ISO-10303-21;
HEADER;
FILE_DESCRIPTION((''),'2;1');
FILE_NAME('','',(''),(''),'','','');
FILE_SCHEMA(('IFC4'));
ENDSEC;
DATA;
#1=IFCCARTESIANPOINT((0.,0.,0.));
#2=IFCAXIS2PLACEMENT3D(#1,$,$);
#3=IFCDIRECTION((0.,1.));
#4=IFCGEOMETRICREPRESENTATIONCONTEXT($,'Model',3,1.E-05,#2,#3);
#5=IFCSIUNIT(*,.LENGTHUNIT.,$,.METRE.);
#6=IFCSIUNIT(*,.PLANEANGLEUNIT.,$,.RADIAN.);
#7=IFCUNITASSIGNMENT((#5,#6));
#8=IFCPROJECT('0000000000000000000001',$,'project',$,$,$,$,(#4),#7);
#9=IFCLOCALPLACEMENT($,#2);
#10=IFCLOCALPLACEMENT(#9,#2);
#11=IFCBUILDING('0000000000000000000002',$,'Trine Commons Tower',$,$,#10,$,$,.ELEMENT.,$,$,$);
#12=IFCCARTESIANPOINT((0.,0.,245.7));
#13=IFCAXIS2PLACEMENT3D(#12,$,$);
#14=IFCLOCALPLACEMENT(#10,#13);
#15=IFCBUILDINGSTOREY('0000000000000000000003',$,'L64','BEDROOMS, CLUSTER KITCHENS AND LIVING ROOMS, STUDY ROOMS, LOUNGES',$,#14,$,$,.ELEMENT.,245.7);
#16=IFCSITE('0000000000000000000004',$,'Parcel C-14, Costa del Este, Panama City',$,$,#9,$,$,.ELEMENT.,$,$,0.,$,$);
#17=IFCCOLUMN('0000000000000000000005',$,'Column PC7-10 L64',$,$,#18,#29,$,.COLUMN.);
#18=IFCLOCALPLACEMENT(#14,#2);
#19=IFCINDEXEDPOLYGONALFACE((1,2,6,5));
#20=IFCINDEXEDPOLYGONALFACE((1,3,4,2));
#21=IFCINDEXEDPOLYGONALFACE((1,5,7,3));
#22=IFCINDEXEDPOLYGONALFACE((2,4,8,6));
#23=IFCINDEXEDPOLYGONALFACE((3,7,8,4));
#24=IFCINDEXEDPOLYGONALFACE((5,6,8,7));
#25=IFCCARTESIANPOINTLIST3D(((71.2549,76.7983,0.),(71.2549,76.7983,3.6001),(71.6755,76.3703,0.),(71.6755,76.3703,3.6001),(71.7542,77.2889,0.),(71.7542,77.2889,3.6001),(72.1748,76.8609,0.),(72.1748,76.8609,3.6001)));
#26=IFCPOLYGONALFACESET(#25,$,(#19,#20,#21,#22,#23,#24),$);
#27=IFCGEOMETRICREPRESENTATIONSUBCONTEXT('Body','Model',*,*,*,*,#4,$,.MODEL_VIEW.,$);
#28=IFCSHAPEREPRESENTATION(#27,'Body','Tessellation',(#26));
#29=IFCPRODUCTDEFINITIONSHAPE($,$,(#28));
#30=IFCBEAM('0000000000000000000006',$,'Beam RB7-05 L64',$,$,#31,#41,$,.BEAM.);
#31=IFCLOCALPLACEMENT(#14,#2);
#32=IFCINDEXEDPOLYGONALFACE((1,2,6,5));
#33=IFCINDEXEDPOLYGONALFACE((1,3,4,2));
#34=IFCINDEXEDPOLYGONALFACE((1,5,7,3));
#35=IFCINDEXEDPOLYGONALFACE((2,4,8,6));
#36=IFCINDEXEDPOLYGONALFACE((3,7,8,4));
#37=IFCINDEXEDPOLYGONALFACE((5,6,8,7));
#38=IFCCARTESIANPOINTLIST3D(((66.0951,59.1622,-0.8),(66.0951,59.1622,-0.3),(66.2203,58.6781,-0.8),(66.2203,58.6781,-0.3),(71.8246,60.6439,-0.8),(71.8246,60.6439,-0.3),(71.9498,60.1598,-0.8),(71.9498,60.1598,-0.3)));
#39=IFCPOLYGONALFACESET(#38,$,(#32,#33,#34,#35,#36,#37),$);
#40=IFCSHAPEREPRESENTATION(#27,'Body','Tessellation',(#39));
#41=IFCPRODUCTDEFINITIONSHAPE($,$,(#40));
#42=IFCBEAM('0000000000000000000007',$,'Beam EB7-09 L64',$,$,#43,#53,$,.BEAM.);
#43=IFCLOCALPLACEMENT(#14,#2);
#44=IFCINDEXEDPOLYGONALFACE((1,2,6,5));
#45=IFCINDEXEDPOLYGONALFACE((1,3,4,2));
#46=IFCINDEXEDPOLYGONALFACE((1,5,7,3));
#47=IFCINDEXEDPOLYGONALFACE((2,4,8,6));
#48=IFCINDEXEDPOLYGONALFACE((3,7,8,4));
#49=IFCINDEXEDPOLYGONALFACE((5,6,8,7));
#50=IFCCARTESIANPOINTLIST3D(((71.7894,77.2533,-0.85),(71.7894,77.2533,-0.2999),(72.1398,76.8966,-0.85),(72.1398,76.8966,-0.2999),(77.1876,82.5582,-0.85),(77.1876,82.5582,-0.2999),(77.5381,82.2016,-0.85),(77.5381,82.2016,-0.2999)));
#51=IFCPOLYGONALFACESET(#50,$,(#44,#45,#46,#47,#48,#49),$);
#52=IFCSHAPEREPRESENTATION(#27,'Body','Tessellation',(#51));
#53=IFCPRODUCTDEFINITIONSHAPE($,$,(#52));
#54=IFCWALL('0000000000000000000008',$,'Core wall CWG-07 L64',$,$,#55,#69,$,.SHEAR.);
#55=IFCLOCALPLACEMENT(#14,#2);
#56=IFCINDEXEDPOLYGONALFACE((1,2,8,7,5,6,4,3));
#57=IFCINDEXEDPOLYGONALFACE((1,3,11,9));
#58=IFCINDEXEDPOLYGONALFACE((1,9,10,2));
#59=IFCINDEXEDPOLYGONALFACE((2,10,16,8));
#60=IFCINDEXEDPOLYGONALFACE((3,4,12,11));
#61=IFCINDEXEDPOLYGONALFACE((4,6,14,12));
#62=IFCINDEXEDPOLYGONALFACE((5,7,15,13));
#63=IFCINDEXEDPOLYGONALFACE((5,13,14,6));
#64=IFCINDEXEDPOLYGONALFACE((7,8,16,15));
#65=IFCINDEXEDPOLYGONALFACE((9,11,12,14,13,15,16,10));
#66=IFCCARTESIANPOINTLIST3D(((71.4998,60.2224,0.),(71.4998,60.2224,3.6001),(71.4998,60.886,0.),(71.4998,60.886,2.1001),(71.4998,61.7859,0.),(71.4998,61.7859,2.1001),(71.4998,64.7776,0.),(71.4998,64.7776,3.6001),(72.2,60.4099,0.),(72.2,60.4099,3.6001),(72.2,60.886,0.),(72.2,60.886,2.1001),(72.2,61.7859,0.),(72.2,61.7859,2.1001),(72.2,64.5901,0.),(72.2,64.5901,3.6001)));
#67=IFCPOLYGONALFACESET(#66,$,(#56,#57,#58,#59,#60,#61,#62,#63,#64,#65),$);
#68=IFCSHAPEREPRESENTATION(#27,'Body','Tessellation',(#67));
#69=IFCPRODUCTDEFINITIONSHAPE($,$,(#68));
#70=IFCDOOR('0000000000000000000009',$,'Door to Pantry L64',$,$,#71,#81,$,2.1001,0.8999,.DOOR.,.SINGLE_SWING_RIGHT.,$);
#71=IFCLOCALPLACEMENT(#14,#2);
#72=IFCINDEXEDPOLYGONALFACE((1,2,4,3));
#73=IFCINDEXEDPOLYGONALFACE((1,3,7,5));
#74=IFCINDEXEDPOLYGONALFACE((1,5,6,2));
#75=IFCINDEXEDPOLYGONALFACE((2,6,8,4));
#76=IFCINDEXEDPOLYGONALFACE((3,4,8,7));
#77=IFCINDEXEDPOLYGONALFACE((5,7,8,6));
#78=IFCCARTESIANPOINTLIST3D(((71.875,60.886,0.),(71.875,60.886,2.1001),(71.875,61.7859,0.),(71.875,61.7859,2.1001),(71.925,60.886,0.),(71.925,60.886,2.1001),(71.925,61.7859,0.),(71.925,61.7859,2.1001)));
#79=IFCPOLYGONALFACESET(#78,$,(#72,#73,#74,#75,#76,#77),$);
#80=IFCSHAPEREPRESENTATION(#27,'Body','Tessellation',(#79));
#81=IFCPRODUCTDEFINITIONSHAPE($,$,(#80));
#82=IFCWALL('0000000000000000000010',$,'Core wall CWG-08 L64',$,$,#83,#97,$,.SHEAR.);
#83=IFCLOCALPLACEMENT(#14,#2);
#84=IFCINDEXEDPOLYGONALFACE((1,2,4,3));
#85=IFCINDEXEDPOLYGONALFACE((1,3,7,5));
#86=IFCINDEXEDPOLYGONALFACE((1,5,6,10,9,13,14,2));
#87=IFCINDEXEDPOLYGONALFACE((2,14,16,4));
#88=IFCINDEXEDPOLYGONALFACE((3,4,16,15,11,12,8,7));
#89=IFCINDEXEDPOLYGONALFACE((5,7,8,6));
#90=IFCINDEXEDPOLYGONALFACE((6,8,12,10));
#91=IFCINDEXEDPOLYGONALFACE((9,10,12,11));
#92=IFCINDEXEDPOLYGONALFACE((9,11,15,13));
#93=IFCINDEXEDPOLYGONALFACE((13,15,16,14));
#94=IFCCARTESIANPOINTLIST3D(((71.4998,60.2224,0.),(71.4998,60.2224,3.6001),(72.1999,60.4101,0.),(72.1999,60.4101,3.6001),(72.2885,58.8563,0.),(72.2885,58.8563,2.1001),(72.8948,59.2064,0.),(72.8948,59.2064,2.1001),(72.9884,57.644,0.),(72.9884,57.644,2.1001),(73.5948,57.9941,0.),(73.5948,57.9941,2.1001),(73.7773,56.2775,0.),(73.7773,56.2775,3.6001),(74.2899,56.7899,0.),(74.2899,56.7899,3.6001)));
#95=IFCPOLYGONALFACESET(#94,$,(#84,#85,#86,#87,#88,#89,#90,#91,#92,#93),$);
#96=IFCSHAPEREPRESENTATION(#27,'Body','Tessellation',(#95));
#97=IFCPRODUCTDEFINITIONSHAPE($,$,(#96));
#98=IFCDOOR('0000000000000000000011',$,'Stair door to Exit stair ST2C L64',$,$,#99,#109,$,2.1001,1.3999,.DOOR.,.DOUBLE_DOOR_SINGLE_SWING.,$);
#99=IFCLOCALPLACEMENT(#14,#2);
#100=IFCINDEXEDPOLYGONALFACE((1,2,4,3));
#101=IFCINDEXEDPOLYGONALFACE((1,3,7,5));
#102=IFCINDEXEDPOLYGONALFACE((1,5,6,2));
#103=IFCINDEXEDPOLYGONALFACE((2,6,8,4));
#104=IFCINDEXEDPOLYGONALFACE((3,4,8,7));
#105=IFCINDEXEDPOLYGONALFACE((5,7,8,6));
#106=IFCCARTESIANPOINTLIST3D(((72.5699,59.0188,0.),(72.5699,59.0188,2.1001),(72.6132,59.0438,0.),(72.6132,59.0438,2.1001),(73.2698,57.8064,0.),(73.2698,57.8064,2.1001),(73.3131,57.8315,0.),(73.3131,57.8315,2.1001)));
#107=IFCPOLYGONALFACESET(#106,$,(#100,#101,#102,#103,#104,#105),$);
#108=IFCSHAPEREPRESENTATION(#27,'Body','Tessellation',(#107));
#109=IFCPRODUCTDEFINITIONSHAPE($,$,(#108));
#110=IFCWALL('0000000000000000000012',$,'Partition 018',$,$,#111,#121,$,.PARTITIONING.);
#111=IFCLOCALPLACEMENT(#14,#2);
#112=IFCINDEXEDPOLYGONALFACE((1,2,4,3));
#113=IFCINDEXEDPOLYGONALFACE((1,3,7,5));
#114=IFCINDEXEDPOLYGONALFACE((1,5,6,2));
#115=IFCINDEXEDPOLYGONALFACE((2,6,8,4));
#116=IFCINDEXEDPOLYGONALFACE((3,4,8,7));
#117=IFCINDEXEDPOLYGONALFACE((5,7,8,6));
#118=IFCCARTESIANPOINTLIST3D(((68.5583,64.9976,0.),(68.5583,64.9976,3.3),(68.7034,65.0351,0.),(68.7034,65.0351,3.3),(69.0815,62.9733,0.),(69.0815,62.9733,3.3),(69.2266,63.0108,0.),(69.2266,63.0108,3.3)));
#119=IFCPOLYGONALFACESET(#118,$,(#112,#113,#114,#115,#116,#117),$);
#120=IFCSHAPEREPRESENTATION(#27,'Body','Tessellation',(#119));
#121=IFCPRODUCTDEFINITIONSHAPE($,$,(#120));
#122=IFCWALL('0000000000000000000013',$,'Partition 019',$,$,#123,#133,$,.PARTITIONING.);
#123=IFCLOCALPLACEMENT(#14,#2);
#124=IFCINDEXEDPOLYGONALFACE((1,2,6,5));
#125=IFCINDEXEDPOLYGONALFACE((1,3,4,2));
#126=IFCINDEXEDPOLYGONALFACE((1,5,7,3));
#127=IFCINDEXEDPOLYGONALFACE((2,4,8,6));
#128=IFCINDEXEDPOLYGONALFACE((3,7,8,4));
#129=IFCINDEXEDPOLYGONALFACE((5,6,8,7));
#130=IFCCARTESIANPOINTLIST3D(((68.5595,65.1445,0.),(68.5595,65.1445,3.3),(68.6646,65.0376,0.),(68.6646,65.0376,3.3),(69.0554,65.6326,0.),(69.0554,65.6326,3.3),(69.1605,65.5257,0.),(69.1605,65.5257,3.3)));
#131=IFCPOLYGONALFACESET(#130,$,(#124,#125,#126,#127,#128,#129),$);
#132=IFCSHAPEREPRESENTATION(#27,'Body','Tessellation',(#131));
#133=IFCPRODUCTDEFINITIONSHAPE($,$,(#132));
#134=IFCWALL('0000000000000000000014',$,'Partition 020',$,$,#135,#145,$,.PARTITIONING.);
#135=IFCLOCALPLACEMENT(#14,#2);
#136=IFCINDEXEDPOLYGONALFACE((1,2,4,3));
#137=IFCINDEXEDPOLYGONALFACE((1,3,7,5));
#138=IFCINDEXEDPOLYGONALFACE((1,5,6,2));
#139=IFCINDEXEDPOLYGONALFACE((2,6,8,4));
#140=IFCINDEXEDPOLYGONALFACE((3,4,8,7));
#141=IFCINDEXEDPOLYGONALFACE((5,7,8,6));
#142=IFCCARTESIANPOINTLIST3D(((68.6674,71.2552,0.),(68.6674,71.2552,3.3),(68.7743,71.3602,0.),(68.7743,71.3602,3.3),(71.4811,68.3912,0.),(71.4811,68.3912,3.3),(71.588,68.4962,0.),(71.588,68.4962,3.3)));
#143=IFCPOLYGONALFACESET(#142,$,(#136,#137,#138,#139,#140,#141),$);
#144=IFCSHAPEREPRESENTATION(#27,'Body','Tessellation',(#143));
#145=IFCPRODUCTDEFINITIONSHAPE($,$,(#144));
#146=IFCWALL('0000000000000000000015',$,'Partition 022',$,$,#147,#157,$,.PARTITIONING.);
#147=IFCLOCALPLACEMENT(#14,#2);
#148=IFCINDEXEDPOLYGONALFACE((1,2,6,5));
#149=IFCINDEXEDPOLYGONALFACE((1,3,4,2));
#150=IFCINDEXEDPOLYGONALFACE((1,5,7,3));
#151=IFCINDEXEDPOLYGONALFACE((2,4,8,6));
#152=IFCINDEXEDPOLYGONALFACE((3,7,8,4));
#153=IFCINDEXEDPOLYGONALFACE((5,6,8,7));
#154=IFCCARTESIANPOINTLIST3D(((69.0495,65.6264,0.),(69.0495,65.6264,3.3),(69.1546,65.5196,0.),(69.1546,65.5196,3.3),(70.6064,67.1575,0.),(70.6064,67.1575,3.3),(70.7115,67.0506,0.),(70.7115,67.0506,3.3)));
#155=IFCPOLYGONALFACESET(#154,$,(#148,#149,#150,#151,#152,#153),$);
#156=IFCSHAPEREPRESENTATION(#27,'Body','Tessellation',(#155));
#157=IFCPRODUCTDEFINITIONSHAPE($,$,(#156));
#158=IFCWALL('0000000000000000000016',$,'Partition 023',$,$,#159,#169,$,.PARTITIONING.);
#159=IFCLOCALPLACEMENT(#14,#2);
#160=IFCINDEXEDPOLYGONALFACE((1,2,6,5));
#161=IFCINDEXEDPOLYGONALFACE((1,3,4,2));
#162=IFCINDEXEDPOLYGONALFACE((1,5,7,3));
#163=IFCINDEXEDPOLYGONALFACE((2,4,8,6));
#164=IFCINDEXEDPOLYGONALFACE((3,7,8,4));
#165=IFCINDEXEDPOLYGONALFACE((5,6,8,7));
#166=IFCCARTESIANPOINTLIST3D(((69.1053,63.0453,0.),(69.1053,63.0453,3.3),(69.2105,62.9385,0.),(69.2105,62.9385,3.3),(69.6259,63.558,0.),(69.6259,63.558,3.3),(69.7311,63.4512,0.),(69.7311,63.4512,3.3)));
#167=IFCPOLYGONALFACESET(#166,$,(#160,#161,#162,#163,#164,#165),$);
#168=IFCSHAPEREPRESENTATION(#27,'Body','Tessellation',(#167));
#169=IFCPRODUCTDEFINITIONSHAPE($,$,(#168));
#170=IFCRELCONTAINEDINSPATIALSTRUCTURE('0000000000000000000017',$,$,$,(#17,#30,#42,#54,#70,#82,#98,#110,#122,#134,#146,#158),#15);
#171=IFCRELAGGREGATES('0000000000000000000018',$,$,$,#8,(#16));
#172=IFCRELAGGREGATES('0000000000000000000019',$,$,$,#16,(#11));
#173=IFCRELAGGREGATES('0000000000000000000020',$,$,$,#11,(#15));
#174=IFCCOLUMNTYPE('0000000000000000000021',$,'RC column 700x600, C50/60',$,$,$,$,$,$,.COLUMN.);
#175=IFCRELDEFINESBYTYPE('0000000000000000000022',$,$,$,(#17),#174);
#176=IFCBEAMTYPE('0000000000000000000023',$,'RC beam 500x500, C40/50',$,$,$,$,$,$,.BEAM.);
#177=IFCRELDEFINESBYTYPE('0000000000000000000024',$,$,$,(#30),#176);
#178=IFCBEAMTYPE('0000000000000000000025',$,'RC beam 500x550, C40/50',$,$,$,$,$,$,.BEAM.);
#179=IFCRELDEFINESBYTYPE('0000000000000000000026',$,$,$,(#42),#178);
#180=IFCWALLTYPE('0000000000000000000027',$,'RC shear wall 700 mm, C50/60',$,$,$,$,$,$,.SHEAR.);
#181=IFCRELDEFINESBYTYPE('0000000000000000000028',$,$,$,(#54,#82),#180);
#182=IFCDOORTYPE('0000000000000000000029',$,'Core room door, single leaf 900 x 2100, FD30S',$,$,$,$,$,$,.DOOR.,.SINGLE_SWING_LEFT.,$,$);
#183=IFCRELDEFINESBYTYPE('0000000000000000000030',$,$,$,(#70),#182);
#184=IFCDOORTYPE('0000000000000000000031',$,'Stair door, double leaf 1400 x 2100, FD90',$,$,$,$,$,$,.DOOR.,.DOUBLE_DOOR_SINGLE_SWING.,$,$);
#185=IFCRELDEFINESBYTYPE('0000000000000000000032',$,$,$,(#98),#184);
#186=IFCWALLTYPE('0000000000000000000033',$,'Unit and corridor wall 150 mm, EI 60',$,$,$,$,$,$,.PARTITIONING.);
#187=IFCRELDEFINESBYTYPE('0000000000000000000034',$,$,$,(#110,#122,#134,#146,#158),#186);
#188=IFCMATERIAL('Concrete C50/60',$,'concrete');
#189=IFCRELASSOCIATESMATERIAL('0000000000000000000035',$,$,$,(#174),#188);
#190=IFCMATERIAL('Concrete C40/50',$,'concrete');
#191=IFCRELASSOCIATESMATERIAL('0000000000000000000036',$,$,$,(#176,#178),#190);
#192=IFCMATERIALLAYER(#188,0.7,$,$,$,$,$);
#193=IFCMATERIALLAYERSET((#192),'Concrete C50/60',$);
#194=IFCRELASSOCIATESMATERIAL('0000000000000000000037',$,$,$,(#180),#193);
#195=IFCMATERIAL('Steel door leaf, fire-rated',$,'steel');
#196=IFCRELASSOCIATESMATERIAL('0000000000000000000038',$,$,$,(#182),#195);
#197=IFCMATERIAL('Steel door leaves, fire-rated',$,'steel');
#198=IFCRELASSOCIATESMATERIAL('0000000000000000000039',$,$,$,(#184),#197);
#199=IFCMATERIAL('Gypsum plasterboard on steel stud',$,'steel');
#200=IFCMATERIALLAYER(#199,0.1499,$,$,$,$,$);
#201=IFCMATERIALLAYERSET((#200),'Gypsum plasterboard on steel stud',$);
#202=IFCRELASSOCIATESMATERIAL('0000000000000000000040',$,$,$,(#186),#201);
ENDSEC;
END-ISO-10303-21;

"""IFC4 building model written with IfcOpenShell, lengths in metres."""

from ifc_helpers import new_model, si_unit, direction, frame, frame_2d, origin, origin_2d, place, context, subcontext, project, spatial, polyline, rectangle, outline, extrude, material, layer, layer_set, material_profile, profile_set, type_object, element, fill, save


model = new_model("IFC4")

# Units and contexts
model_context = context("Model", 3, precision=1e-05, world=origin(), true_north=direction((0.0, 1.0)))
body_context = subcontext(model_context, "Body", "Model", "MODEL_VIEW")
ifc_project = project(units=[si_unit("LENGTHUNIT", "METRE"), si_unit("PLANEANGLEUNIT", "RADIAN")], contexts=[model_context])

# Site, building, storey
site_placement = place(None, origin())
site = spatial("IfcSite", under=ifc_project, at=site_placement, Name="Parcel C-14, Costa del Este, Panama City", CompositionType="ELEMENT", RefElevation=0.0)
building_placement = place(site_placement, origin())
building = spatial("IfcBuilding", under=site, at=building_placement, Name="Trine Commons Tower", CompositionType="ELEMENT")
storey_placement = place(building_placement, frame((0.0, 0.0, 245.7)))
storey = spatial("IfcBuildingStorey", under=building, at=storey_placement, Name="L64", Description="BEDROOMS, CLUSTER KITCHENS AND LIVING ROOMS, STUDY ROOMS, LOUNGES", CompositionType="ELEMENT", Elevation=245.7)

# Column
ifc_material_1 = material(Name="Concrete C50/60", Category="concrete")
ifc_material_profile_1 = material_profile(ifc_material_1, rectangle(XDim=0.7, YDim=0.6001, at=origin_2d()), Name="RC 700x600")
ifc_profile_set_1 = profile_set([ifc_material_profile_1], Name="Concrete C50/60")
column_type = type_object("IfcColumnType", Name="RC column 700x600, C50/60", PredefinedType="COLUMN", material=ifc_profile_set_1)
column_placement = place(storey_placement, frame((71.7148, 76.8296, 0.0), z_axis=(0.0, 0.0, 1.0), x_axis=(0.71325, 0.700909, 0.0)))
element("IfcColumn", 1, at=column_placement, inside=storey, type_object=column_type, Name="Column PC7-10 L64", PredefinedType="COLUMN", context=body_context, shape_type="SweptSolid", body=[
    extrude(rectangle(XDim=0.7, YDim=0.6001, at=origin_2d()), origin(), (0.0, 0.0, 1.0), 3.6001),
])

# Beams
ifc_material_2 = material(Name="Concrete C40/50", Category="concrete")
ifc_material_profile_2 = material_profile(ifc_material_2, rectangle(XDim=0.5, YDim=0.5, at=origin_2d()), Name="RC 500x500")
ifc_profile_set_2 = profile_set([ifc_material_profile_2], Name="Concrete C40/50")
beam_type_1 = type_object("IfcBeamType", Name="RC beam 500x500, C40/50", PredefinedType="BEAM", material=ifc_profile_set_2)
beam_1_placement = place(storey_placement, frame((71.8872, 60.4019, -0.55), z_axis=(-0.96815, -0.250371, 0.0), x_axis=(0.250371, -0.96815, 0.0)))
element("IfcBeam", 2, at=beam_1_placement, inside=storey, type_object=beam_type_1, Name="Beam RB7-05 L64", PredefinedType="BEAM", context=body_context, shape_type="SweptSolid", body=[
    extrude(rectangle(XDim=0.5, YDim=0.5, at=origin_2d()), origin(), (0.0, 0.0, 1.0), 5.918),
])
ifc_material_profile_3 = material_profile(ifc_material_2, rectangle(XDim=0.5, YDim=0.55, at=origin_2d()), Name="RC 500x550")
ifc_profile_set_3 = profile_set([ifc_material_profile_3], Name="Concrete C40/50")
beam_type_2 = type_object("IfcBeamType", Name="RC beam 500x550, C40/50", PredefinedType="BEAM", material=ifc_profile_set_3)
beam_2_placement = place(storey_placement, frame((71.9646, 77.075, -0.575), z_axis=(0.713241, 0.700919, 0.0), x_axis=(-0.700919, 0.713241, 0.0)))
element("IfcBeam", 3, at=beam_2_placement, inside=storey, type_object=beam_type_2, Name="Beam EB7-09 L64", PredefinedType="BEAM", context=body_context, shape_type="SweptSolid", body=[
    extrude(rectangle(XDim=0.5, YDim=0.55, at=origin_2d()), origin(), (0.0, 0.0, 1.0), 7.5686),
])

# Walls, openings, doors
ifc_layer_1 = layer(ifc_material_1, 0.7)
ifc_layer_set_1 = layer_set([ifc_layer_1], Name="Concrete C50/60")
wall_type_1 = type_object("IfcWallType", Name="RC shear wall 700 mm, C50/60", PredefinedType="SHEAR", material=ifc_layer_set_1)
wall_1_placement = place(storey_placement, frame((71.8499, 64.7776, 0.0), z_axis=(0.0, 0.0, 1.0), x_axis=(0.0, -1.0, 0.0)))
wall_1 = element("IfcWall", 4, at=wall_1_placement, inside=storey, type_object=wall_type_1, Name="Core wall CWG-07 L64", PredefinedType="SHEAR", context=body_context, shape_type="SweptSolid", body=[
    extrude(outline(polyline([(0.0, -0.3501), (4.5552, -0.3501), (4.3677, 0.3501), (0.1875, 0.3501), (0.0, -0.3501)])), origin(), (0.0, 0.0, 1.0), 3.6001),
])
opening_1_placement = place(wall_1_placement, frame((2.9917, 0.0, 0.0)))
opening_1 = element("IfcOpeningElement", 5, at=opening_1_placement, cuts=wall_1, PredefinedType="OPENING", context=body_context, shape_type="SweptSolid", body=[
    extrude(rectangle(XDim=0.8999, YDim=2.1001, at=frame_2d((0.45, 1.05))), frame((0.0, 0.3599, 0.0), z_axis=(0.0, -1.0, 0.0), x_axis=(1.0, 0.0, 0.0)), (0.0, 0.0, 1.0), 0.72),
])
ifc_material_3 = material(Name="Steel door leaf, fire-rated", Category="steel")
door_type_1 = type_object("IfcDoorType", Name="Core room door, single leaf 900 x 2100, FD30S", OperationType="SINGLE_SWING_LEFT", PredefinedType="DOOR", material=ifc_material_3)
door_1_placement = place(opening_1_placement, origin())
door_1 = element("IfcDoor", 6, at=door_1_placement, inside=storey, type_object=door_type_1, Name="Door to Pantry L64", OperationType="SINGLE_SWING_RIGHT", OverallHeight=2.1001, OverallWidth=0.8999, PredefinedType="DOOR", context=body_context, shape_type="SweptSolid", body=[
    extrude(rectangle(XDim=0.8999, YDim=2.1001, at=frame_2d((0.45, 1.05))), frame((0.0, 0.0752, 0.0), z_axis=(0.0, -1.0, 0.0), x_axis=(1.0, 0.0, 0.0)), (0.0, 0.0, 1.0), 0.05),
])
fill(opening_1, door_1)
wall_2_placement = place(storey_placement, frame((71.803, 60.3975, 0.0), z_axis=(0.0, 0.0, 1.0), x_axis=(0.499984, -0.866035, 0.0)))
wall_2 = element("IfcWall", 7, at=wall_2_placement, inside=storey, type_object=wall_type_1, Name="Core wall CWG-08 L64", PredefinedType="SHEAR", context=body_context, shape_type="SweptSolid", body=[
    extrude(outline(polyline([(0.0, -0.3501), (4.5552, -0.3501), (4.3677, 0.3501), (0.1875, 0.3501), (0.0, -0.3501)])), origin(), (0.0, 0.0, 1.0), 3.6001),
])
opening_2_placement = place(wall_2_placement, frame((1.5774, 0.0, 0.0)))
opening_2 = element("IfcOpeningElement", 8, at=opening_2_placement, cuts=wall_2, PredefinedType="OPENING", context=body_context, shape_type="SweptSolid", body=[
    extrude(rectangle(XDim=1.3999, YDim=2.1001, at=frame_2d((0.7, 1.05))), frame((0.0, 0.3599, 0.0), z_axis=(0.0, -1.0, 0.0), x_axis=(1.0, 0.0, 0.0)), (0.0, 0.0, 1.0), 0.72),
])
ifc_material_4 = material(Name="Steel door leaves, fire-rated", Category="steel")
door_type_2 = type_object("IfcDoorType", Name="Stair door, double leaf 1400 x 2100, FD90", OperationType="DOUBLE_DOOR_SINGLE_SWING", PredefinedType="DOOR", material=ifc_material_4)
door_2_placement = place(opening_2_placement, origin())
door_2 = element("IfcDoor", 9, at=door_2_placement, inside=storey, type_object=door_type_2, Name="Stair door to Exit stair ST2C L64", OperationType="DOUBLE_DOOR_SINGLE_SWING", OverallHeight=2.1001, OverallWidth=1.3999, PredefinedType="DOOR", context=body_context, shape_type="SweptSolid", body=[
    extrude(rectangle(XDim=1.3999, YDim=2.1001, at=frame_2d((0.7, 1.05))), frame((0.0, 0.0249, 0.0), z_axis=(0.0, -1.0, 0.0), x_axis=(1.0, 0.0, 0.0)), (0.0, 0.0, 1.0), 0.05),
])
fill(opening_2, door_2)

# Walls
ifc_material_5 = material(Name="Gypsum plasterboard on steel stud", Category="steel")
ifc_layer_2 = layer(ifc_material_5, 0.1499)
ifc_layer_set_2 = layer_set([ifc_layer_2], Name="Gypsum plasterboard on steel stud")
wall_type_2 = type_object("IfcWallType", Name="Unit and corridor wall 150 mm, EI 60", PredefinedType="PARTITIONING", material=ifc_layer_set_2)
wall_3_placement = place(storey_placement, frame((68.6309, 65.0164, 0.0), z_axis=(0.0, 0.0, 1.0), x_axis=(0.250221, -0.968189, 0.0)))
element("IfcWall", 10, at=wall_3_placement, inside=storey, type_object=wall_type_2, Name="Partition 018", PredefinedType="PARTITIONING", context=body_context, shape_type="SweptSolid", body=[
    extrude(rectangle(XDim=2.0908, YDim=0.1499, at=frame_2d((1.0454, 0.0))), origin(), (0.0, 0.0, 1.0), 3.3),
])
wall_4_placement = place(storey_placement, frame((68.6121, 65.0911, 0.0), z_axis=(0.0, 0.0, 1.0), x_axis=(0.712699, 0.70147, 0.0)))
element("IfcWall", 11, at=wall_4_placement, inside=storey, type_object=wall_type_2, Name="Partition 019", PredefinedType="PARTITIONING", context=body_context, shape_type="SweptSolid", body=[
    extrude(rectangle(XDim=0.6958, YDim=0.1499, at=frame_2d((0.3479, 0.0))), origin(), (0.0, 0.0, 1.0), 3.3),
])
wall_5_placement = place(storey_placement, frame((68.7209, 71.3076, 0.0), z_axis=(0.0, 0.0, 1.0), x_axis=(0.700816, -0.713342, 0.0)))
element("IfcWall", 12, at=wall_5_placement, inside=storey, type_object=wall_type_2, Name="Partition 020", PredefinedType="PARTITIONING", context=body_context, shape_type="SweptSolid", body=[
    extrude(rectangle(XDim=4.0149, YDim=0.1499, at=frame_2d((2.0073, 0.0))), origin(), (0.0, 0.0, 1.0), 3.3),
])
wall_6_placement = place(storey_placement, frame((69.1021, 65.573, 0.0), z_axis=(0.0, 0.0, 1.0), x_axis=(0.713008, 0.701156, 0.0)))
element("IfcWall", 13, at=wall_6_placement, inside=storey, type_object=wall_type_2, Name="Partition 022", PredefinedType="PARTITIONING", context=body_context, shape_type="SweptSolid", body=[
    extrude(rectangle(XDim=2.1836, YDim=0.1499, at=frame_2d((1.0918, 0.0))), origin(), (0.0, 0.0, 1.0), 3.3),
])
wall_7_placement = place(storey_placement, frame((69.158, 62.9919, 0.0), z_axis=(0.0, 0.0, 1.0), x_axis=(0.712433, 0.70174, 0.0)))
element("IfcWall", 14, at=wall_7_placement, inside=storey, type_object=wall_type_2, Name="Partition 023", PredefinedType="PARTITIONING", context=body_context, shape_type="SweptSolid", body=[
    extrude(rectangle(XDim=0.7307, YDim=0.1499, at=frame_2d((0.3652, 0.0))), origin(), (0.0, 0.0, 1.0), 3.3),
])

save(model, "model.ifc")
